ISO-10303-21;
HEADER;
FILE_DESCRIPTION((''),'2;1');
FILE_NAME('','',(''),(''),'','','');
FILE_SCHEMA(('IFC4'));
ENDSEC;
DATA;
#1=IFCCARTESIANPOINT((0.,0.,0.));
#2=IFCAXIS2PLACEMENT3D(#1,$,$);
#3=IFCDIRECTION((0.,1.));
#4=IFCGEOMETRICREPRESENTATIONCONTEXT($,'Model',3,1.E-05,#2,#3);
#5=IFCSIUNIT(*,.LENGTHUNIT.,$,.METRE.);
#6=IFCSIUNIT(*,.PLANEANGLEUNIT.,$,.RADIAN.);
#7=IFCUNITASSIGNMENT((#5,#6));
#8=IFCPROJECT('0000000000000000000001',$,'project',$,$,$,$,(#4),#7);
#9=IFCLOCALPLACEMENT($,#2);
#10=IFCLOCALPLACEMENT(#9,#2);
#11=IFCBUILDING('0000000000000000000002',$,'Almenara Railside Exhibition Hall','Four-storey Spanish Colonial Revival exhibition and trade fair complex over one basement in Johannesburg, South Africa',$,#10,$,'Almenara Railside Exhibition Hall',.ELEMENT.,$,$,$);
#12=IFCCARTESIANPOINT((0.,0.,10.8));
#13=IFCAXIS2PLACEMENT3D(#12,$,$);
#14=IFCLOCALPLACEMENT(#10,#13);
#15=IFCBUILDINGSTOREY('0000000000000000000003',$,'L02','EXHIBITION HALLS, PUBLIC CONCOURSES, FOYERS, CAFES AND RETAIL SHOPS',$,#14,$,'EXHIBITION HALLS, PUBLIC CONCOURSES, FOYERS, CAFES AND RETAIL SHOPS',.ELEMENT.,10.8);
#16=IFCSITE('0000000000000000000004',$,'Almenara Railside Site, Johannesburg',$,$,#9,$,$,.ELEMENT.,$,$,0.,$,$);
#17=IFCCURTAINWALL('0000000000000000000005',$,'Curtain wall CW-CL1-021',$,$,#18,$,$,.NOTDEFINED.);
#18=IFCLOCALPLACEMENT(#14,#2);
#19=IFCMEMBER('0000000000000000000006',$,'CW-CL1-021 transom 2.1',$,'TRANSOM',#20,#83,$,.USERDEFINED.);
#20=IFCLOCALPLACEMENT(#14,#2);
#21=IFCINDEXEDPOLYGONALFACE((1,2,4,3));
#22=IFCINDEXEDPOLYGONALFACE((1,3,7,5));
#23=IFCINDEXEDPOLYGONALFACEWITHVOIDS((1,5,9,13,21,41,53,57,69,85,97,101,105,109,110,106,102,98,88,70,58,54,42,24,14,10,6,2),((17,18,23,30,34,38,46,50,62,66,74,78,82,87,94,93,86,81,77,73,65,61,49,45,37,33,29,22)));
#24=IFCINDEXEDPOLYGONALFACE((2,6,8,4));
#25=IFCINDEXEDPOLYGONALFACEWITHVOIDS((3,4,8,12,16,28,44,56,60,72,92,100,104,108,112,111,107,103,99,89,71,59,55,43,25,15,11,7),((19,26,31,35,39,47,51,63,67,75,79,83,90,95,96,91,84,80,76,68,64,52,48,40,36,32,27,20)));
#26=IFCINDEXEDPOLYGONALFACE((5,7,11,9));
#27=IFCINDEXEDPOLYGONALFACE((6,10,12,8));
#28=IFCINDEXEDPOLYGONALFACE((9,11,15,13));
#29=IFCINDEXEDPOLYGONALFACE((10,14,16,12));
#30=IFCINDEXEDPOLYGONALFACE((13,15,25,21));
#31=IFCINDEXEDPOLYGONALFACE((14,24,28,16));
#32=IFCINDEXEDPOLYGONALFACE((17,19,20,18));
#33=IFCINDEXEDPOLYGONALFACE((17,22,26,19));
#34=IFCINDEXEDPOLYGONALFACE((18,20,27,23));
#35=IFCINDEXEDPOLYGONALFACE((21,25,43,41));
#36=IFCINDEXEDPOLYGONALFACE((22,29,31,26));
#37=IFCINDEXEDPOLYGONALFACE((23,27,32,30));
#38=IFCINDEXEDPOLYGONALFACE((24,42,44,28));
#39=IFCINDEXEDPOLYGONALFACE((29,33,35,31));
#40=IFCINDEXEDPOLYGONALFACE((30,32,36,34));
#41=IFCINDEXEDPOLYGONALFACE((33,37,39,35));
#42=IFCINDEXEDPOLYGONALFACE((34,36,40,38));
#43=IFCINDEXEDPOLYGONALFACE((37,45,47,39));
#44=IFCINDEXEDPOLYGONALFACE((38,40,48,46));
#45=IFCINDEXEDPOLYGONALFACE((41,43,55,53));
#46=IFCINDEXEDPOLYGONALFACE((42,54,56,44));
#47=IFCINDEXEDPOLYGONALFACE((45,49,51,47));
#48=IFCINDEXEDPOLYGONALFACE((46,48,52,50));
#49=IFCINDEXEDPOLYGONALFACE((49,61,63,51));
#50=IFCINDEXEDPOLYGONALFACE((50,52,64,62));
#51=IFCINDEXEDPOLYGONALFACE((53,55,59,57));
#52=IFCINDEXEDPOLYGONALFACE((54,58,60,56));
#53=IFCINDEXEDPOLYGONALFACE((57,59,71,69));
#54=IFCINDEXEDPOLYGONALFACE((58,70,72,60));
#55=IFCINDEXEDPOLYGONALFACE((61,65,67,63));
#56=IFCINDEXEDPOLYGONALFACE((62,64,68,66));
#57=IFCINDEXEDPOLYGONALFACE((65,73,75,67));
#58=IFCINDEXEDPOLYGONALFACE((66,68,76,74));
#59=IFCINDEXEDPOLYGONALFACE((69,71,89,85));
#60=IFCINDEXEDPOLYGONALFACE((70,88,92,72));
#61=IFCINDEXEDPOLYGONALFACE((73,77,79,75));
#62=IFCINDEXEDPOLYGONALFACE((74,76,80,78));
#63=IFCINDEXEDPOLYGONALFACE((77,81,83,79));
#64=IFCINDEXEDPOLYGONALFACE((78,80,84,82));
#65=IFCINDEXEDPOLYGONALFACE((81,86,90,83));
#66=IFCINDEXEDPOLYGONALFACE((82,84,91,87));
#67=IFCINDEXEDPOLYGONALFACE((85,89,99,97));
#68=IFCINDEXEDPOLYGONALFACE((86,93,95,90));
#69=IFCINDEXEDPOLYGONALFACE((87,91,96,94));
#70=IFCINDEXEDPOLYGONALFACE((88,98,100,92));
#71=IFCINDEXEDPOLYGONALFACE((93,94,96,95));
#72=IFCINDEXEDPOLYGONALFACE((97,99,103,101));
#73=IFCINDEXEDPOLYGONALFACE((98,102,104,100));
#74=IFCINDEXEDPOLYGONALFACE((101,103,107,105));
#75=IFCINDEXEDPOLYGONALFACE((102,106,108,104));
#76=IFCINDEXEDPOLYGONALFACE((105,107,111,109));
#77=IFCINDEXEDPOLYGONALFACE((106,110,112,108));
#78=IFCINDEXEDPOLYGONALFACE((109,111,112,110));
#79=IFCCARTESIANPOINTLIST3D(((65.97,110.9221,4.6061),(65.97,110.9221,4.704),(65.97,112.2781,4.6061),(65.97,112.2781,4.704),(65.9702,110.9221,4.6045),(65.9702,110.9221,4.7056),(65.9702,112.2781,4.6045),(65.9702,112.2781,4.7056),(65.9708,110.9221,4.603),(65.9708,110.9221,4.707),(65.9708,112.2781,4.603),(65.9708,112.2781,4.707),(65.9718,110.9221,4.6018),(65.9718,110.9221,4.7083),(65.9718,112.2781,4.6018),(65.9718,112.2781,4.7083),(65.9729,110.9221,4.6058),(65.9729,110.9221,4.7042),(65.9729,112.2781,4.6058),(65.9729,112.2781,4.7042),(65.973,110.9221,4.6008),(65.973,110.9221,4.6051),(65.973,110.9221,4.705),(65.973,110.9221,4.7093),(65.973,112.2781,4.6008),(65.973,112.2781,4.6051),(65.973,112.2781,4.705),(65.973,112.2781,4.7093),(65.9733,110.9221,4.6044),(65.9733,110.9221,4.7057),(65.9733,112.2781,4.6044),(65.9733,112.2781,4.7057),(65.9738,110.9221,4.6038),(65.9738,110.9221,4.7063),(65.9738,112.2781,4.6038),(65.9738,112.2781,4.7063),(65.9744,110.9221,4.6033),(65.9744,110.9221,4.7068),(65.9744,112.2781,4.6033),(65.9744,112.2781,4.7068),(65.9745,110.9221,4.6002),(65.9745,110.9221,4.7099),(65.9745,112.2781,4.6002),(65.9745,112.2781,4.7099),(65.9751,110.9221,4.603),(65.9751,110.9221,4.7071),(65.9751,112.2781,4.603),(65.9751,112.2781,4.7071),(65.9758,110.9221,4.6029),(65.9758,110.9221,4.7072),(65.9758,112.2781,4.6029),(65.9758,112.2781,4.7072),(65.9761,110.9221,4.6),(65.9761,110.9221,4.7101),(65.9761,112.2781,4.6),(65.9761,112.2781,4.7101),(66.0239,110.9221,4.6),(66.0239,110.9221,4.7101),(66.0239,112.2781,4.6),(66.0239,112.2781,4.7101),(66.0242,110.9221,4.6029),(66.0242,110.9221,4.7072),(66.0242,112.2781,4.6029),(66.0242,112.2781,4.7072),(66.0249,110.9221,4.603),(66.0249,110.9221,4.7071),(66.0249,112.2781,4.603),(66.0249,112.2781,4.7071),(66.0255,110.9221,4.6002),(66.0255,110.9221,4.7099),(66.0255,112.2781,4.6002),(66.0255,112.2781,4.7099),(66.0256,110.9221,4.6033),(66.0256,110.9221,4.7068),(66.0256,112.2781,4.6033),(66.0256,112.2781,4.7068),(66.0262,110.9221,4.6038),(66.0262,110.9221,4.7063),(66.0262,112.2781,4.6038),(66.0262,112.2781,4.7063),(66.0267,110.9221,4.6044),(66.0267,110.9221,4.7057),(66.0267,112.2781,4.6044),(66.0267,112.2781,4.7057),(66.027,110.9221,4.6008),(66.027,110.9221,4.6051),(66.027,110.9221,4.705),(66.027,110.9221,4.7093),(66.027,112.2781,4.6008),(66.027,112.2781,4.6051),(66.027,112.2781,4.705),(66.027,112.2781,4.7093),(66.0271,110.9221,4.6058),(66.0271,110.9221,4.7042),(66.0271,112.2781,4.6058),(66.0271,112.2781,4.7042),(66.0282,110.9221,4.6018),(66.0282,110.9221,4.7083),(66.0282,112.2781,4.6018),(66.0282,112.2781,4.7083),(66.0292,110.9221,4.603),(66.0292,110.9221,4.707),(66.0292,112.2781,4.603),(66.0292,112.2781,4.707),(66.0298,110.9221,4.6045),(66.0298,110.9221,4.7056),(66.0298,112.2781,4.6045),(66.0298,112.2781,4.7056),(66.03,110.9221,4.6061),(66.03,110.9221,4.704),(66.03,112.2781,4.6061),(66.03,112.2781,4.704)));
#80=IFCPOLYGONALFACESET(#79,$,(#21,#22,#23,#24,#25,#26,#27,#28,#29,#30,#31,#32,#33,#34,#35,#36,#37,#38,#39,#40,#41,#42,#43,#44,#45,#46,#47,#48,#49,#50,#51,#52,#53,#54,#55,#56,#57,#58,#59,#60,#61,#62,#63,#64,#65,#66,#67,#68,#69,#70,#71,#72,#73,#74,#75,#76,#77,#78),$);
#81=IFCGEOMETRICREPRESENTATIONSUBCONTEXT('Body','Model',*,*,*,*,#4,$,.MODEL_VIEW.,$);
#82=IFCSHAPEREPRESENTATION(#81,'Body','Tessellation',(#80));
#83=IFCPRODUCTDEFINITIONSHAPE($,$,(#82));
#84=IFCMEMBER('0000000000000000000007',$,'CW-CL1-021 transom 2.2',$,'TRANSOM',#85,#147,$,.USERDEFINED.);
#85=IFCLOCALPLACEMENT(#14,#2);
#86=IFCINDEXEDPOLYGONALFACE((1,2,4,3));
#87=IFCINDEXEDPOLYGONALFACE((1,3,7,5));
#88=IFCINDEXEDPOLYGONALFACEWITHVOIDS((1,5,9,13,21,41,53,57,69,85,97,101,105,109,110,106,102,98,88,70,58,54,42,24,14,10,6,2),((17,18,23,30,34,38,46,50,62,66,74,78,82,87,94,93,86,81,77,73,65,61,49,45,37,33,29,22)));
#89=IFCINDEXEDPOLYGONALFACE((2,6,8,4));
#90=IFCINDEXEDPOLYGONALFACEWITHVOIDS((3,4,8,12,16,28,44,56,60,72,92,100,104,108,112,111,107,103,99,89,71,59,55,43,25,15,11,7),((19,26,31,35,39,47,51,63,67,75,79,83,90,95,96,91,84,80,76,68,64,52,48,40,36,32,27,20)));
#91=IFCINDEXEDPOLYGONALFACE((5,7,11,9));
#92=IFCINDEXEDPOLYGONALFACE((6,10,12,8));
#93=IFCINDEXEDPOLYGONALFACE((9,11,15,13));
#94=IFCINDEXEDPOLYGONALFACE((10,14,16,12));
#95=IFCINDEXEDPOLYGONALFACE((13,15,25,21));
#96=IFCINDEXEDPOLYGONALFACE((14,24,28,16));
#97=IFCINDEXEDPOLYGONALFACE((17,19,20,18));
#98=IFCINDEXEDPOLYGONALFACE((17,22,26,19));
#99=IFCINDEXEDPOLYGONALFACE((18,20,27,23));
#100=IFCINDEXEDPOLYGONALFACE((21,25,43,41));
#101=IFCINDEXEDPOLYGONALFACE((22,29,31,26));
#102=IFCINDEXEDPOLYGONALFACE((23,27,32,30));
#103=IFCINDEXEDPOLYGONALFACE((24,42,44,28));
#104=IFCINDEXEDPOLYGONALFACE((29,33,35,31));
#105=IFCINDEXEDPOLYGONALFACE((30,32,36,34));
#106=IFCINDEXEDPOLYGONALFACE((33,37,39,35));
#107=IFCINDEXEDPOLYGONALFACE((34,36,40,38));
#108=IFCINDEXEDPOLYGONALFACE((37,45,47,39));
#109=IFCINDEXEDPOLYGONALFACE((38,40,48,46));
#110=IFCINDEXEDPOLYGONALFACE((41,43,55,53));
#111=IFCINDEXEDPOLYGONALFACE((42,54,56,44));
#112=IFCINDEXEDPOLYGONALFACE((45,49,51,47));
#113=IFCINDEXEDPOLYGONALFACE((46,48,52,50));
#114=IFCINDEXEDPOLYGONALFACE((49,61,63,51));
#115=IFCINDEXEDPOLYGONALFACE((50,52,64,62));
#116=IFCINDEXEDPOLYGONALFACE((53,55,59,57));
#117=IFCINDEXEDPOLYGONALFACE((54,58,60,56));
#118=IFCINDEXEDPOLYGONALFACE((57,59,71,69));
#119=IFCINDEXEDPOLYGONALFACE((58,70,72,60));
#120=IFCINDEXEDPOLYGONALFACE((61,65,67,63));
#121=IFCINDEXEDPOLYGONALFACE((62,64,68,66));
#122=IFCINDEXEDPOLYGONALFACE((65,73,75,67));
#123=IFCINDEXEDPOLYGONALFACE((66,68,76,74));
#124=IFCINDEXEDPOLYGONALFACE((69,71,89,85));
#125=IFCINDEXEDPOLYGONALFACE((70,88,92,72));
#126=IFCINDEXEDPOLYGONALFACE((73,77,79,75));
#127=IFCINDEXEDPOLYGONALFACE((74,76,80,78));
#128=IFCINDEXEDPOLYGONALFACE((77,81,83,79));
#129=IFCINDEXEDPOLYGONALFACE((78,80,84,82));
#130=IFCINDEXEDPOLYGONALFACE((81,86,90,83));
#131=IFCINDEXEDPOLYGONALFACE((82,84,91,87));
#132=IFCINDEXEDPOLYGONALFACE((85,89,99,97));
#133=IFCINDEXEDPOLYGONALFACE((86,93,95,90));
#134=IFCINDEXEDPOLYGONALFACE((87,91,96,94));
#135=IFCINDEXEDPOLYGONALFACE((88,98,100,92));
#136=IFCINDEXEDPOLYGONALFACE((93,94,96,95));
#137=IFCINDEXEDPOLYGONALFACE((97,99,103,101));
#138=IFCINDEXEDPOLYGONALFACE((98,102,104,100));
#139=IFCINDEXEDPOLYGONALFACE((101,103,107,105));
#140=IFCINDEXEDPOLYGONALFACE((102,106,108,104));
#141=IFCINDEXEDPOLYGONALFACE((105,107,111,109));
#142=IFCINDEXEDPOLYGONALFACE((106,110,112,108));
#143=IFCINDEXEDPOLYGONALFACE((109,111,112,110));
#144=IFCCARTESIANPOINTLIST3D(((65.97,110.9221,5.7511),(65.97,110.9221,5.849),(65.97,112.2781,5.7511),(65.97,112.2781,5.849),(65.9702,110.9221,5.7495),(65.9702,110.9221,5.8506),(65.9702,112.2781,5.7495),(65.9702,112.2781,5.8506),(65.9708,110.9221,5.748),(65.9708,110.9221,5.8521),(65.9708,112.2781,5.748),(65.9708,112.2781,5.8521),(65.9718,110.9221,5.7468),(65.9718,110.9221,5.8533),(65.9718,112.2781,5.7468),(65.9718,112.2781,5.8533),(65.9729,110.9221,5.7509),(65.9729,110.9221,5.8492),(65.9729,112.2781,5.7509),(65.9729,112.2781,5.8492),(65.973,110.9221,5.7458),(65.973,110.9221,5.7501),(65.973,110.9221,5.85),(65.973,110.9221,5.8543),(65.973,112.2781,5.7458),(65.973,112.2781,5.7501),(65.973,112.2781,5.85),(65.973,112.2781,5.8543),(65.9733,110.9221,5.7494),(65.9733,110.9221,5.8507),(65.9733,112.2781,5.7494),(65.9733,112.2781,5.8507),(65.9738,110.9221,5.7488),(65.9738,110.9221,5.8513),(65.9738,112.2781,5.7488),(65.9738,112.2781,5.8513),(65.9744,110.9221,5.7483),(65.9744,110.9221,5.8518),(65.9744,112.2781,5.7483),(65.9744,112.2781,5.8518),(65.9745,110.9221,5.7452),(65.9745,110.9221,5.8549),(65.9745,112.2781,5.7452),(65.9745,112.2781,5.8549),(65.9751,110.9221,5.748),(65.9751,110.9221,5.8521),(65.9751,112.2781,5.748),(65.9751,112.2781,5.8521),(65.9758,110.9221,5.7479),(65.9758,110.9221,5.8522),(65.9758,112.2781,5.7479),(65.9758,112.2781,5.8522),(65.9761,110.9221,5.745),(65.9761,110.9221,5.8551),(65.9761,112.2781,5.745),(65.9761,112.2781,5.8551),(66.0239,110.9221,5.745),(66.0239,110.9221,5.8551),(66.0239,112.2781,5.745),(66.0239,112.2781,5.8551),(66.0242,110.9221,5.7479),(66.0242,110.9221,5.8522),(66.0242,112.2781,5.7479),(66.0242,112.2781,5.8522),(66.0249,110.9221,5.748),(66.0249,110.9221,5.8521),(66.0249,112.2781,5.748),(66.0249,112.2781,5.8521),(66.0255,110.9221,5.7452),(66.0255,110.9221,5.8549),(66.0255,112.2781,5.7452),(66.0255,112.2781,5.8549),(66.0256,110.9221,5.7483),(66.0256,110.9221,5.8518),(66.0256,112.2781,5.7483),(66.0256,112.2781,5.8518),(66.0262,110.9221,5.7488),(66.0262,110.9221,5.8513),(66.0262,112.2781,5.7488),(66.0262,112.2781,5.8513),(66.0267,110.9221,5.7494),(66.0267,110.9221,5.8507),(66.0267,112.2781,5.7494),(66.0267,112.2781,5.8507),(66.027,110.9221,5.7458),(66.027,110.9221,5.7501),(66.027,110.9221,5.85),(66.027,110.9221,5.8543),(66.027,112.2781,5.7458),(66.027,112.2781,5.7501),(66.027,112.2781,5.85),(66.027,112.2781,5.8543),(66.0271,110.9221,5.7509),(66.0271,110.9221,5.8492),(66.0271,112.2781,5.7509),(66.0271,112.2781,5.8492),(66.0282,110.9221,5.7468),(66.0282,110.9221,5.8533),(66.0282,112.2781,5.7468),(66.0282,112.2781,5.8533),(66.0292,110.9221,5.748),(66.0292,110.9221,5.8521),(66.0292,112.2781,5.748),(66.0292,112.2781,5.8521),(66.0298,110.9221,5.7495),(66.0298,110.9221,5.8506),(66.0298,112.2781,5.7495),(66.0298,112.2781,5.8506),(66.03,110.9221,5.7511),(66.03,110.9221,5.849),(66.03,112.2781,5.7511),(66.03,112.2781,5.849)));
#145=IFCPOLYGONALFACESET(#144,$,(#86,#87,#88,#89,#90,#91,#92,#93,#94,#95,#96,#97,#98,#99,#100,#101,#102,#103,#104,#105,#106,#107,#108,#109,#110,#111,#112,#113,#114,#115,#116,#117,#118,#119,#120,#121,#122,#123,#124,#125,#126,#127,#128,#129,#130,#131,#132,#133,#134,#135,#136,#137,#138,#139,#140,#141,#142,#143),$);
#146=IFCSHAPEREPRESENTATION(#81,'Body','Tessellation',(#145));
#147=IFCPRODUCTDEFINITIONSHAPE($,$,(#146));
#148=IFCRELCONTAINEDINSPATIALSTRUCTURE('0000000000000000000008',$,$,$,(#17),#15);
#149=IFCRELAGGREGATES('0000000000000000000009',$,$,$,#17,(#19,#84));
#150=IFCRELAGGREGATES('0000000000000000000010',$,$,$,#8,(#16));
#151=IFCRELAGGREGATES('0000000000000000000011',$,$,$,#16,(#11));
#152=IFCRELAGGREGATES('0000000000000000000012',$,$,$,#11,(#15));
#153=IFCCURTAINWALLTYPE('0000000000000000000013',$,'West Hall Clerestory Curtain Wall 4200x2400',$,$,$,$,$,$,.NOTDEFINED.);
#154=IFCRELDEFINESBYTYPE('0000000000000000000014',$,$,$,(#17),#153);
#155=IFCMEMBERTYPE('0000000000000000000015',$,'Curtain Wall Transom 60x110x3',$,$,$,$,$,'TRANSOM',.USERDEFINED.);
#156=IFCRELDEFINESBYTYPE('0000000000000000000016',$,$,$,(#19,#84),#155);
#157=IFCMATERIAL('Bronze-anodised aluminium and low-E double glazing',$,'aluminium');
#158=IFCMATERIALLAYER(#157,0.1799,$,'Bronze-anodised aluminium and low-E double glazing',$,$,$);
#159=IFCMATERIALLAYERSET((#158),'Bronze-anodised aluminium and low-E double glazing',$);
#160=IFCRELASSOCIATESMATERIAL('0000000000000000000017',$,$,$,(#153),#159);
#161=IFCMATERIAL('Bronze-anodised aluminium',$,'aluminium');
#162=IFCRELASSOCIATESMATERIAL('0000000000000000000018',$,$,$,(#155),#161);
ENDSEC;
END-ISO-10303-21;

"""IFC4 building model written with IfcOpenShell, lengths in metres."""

from ifc_helpers import new_model, si_unit, direction, frame, origin, origin_2d, place, context, subcontext, project, spatial, hollow_rectangle, extrude, material, layer, layer_set, material_profile, profile_set, type_object, element, aggregate, save


model = new_model("IFC4")

# Units and contexts
model_context = context("Model", 3, precision=1e-05, world=origin(), true_north=direction((0.0, 1.0)))
body_context = subcontext(model_context, "Body", "Model", "MODEL_VIEW")
ifc_project = project(units=[si_unit("LENGTHUNIT", "METRE"), si_unit("PLANEANGLEUNIT", "RADIAN")], contexts=[model_context])

# Site, building, storey
site_placement = place(None, origin())
site = spatial("IfcSite", under=ifc_project, at=site_placement, Name="Almenara Railside Site, Johannesburg", CompositionType="ELEMENT", RefElevation=0.0)
building_placement = place(site_placement, origin())
building = spatial("IfcBuilding", under=site, at=building_placement, Name="Almenara Railside Exhibition Hall", Description="Four-storey Spanish Colonial Revival exhibition and trade fair complex over one basement in Johannesburg, South Africa", LongName="Almenara Railside Exhibition Hall", CompositionType="ELEMENT")
storey_placement = place(building_placement, frame((0.0, 0.0, 10.8)))
storey = spatial("IfcBuildingStorey", under=building, at=storey_placement, Name="L02", Description="EXHIBITION HALLS, PUBLIC CONCOURSES, FOYERS, CAFES AND RETAIL SHOPS", LongName="EXHIBITION HALLS, PUBLIC CONCOURSES, FOYERS, CAFES AND RETAIL SHOPS", CompositionType="ELEMENT", Elevation=10.8)

# Curtain wall
ifc_material_1 = material(Name="Bronze-anodised aluminium and low-E double glazing", Category="aluminium")
ifc_layer_1 = layer(ifc_material_1, 0.1799, Name="Bronze-anodised aluminium and low-E double glazing")
ifc_layer_set_1 = layer_set([ifc_layer_1], Name="Bronze-anodised aluminium and low-E double glazing")
curtain_wall_type = type_object("IfcCurtainWallType", Name="West Hall Clerestory Curtain Wall 4200x2400", PredefinedType="NOTDEFINED", material=ifc_layer_set_1)
ifc_material_2 = material(Name="Bronze-anodised aluminium", Category="aluminium")
curtain_wall_1_placement = place(storey_placement, origin())
curtain_wall_1 = element("IfcCurtainWall", 1, at=curtain_wall_1_placement, inside=storey, type_object=curtain_wall_type, Name="Curtain wall CW-CL1-021", PredefinedType="NOTDEFINED")

# Members
ifc_material_profile_1 = material_profile(ifc_material_2, hollow_rectangle(XDim=0.0601, YDim=0.1101, WallThickness=0.0029, InnerFilletRadius=0.0029, OuterFilletRadius=0.0061, at=origin_2d()), Name="ALU-TRN 60x110x3")
ifc_profile_set_1 = profile_set([ifc_material_profile_1], Name="Bronze-anodised aluminium")
member_type_1 = type_object("IfcMemberType", Name="Curtain Wall Transom 60x110x3", ElementType="TRANSOM", PredefinedType="USERDEFINED", material=ifc_profile_set_1)
member_1_placement = place(storey_placement, frame((66.0, 110.9221, 4.655), z_axis=(0.0, 1.0, 0.0), x_axis=(-1.0, 0.0, 0.0)))
member_1 = element("IfcMember", 2, at=member_1_placement, type_object=member_type_1, Name="CW-CL1-021 transom 2.1", ObjectType="TRANSOM", PredefinedType="USERDEFINED", context=body_context, shape_type="SweptSolid", body=[
    extrude(hollow_rectangle(XDim=0.0601, YDim=0.1101, WallThickness=0.0029, InnerFilletRadius=0.0029, OuterFilletRadius=0.0061, at=origin_2d()), origin(), (0.0, 0.0, 1.0), 1.356),
])
member_2_placement = place(storey_placement, frame((66.0, 110.9221, 5.8), z_axis=(0.0, 1.0, 0.0), x_axis=(-1.0, 0.0, 0.0)))
member_2 = element("IfcMember", 3, at=member_2_placement, type_object=member_type_1, Name="CW-CL1-021 transom 2.2", ObjectType="TRANSOM", PredefinedType="USERDEFINED", context=body_context, shape_type="SweptSolid", body=[
    extrude(hollow_rectangle(XDim=0.0601, YDim=0.1101, WallThickness=0.0029, InnerFilletRadius=0.0029, OuterFilletRadius=0.0061, at=origin_2d()), origin(), (0.0, 0.0, 1.0), 1.356),
])

aggregate(curtain_wall_1, [member_1, member_2])

save(model, "model.ifc")
